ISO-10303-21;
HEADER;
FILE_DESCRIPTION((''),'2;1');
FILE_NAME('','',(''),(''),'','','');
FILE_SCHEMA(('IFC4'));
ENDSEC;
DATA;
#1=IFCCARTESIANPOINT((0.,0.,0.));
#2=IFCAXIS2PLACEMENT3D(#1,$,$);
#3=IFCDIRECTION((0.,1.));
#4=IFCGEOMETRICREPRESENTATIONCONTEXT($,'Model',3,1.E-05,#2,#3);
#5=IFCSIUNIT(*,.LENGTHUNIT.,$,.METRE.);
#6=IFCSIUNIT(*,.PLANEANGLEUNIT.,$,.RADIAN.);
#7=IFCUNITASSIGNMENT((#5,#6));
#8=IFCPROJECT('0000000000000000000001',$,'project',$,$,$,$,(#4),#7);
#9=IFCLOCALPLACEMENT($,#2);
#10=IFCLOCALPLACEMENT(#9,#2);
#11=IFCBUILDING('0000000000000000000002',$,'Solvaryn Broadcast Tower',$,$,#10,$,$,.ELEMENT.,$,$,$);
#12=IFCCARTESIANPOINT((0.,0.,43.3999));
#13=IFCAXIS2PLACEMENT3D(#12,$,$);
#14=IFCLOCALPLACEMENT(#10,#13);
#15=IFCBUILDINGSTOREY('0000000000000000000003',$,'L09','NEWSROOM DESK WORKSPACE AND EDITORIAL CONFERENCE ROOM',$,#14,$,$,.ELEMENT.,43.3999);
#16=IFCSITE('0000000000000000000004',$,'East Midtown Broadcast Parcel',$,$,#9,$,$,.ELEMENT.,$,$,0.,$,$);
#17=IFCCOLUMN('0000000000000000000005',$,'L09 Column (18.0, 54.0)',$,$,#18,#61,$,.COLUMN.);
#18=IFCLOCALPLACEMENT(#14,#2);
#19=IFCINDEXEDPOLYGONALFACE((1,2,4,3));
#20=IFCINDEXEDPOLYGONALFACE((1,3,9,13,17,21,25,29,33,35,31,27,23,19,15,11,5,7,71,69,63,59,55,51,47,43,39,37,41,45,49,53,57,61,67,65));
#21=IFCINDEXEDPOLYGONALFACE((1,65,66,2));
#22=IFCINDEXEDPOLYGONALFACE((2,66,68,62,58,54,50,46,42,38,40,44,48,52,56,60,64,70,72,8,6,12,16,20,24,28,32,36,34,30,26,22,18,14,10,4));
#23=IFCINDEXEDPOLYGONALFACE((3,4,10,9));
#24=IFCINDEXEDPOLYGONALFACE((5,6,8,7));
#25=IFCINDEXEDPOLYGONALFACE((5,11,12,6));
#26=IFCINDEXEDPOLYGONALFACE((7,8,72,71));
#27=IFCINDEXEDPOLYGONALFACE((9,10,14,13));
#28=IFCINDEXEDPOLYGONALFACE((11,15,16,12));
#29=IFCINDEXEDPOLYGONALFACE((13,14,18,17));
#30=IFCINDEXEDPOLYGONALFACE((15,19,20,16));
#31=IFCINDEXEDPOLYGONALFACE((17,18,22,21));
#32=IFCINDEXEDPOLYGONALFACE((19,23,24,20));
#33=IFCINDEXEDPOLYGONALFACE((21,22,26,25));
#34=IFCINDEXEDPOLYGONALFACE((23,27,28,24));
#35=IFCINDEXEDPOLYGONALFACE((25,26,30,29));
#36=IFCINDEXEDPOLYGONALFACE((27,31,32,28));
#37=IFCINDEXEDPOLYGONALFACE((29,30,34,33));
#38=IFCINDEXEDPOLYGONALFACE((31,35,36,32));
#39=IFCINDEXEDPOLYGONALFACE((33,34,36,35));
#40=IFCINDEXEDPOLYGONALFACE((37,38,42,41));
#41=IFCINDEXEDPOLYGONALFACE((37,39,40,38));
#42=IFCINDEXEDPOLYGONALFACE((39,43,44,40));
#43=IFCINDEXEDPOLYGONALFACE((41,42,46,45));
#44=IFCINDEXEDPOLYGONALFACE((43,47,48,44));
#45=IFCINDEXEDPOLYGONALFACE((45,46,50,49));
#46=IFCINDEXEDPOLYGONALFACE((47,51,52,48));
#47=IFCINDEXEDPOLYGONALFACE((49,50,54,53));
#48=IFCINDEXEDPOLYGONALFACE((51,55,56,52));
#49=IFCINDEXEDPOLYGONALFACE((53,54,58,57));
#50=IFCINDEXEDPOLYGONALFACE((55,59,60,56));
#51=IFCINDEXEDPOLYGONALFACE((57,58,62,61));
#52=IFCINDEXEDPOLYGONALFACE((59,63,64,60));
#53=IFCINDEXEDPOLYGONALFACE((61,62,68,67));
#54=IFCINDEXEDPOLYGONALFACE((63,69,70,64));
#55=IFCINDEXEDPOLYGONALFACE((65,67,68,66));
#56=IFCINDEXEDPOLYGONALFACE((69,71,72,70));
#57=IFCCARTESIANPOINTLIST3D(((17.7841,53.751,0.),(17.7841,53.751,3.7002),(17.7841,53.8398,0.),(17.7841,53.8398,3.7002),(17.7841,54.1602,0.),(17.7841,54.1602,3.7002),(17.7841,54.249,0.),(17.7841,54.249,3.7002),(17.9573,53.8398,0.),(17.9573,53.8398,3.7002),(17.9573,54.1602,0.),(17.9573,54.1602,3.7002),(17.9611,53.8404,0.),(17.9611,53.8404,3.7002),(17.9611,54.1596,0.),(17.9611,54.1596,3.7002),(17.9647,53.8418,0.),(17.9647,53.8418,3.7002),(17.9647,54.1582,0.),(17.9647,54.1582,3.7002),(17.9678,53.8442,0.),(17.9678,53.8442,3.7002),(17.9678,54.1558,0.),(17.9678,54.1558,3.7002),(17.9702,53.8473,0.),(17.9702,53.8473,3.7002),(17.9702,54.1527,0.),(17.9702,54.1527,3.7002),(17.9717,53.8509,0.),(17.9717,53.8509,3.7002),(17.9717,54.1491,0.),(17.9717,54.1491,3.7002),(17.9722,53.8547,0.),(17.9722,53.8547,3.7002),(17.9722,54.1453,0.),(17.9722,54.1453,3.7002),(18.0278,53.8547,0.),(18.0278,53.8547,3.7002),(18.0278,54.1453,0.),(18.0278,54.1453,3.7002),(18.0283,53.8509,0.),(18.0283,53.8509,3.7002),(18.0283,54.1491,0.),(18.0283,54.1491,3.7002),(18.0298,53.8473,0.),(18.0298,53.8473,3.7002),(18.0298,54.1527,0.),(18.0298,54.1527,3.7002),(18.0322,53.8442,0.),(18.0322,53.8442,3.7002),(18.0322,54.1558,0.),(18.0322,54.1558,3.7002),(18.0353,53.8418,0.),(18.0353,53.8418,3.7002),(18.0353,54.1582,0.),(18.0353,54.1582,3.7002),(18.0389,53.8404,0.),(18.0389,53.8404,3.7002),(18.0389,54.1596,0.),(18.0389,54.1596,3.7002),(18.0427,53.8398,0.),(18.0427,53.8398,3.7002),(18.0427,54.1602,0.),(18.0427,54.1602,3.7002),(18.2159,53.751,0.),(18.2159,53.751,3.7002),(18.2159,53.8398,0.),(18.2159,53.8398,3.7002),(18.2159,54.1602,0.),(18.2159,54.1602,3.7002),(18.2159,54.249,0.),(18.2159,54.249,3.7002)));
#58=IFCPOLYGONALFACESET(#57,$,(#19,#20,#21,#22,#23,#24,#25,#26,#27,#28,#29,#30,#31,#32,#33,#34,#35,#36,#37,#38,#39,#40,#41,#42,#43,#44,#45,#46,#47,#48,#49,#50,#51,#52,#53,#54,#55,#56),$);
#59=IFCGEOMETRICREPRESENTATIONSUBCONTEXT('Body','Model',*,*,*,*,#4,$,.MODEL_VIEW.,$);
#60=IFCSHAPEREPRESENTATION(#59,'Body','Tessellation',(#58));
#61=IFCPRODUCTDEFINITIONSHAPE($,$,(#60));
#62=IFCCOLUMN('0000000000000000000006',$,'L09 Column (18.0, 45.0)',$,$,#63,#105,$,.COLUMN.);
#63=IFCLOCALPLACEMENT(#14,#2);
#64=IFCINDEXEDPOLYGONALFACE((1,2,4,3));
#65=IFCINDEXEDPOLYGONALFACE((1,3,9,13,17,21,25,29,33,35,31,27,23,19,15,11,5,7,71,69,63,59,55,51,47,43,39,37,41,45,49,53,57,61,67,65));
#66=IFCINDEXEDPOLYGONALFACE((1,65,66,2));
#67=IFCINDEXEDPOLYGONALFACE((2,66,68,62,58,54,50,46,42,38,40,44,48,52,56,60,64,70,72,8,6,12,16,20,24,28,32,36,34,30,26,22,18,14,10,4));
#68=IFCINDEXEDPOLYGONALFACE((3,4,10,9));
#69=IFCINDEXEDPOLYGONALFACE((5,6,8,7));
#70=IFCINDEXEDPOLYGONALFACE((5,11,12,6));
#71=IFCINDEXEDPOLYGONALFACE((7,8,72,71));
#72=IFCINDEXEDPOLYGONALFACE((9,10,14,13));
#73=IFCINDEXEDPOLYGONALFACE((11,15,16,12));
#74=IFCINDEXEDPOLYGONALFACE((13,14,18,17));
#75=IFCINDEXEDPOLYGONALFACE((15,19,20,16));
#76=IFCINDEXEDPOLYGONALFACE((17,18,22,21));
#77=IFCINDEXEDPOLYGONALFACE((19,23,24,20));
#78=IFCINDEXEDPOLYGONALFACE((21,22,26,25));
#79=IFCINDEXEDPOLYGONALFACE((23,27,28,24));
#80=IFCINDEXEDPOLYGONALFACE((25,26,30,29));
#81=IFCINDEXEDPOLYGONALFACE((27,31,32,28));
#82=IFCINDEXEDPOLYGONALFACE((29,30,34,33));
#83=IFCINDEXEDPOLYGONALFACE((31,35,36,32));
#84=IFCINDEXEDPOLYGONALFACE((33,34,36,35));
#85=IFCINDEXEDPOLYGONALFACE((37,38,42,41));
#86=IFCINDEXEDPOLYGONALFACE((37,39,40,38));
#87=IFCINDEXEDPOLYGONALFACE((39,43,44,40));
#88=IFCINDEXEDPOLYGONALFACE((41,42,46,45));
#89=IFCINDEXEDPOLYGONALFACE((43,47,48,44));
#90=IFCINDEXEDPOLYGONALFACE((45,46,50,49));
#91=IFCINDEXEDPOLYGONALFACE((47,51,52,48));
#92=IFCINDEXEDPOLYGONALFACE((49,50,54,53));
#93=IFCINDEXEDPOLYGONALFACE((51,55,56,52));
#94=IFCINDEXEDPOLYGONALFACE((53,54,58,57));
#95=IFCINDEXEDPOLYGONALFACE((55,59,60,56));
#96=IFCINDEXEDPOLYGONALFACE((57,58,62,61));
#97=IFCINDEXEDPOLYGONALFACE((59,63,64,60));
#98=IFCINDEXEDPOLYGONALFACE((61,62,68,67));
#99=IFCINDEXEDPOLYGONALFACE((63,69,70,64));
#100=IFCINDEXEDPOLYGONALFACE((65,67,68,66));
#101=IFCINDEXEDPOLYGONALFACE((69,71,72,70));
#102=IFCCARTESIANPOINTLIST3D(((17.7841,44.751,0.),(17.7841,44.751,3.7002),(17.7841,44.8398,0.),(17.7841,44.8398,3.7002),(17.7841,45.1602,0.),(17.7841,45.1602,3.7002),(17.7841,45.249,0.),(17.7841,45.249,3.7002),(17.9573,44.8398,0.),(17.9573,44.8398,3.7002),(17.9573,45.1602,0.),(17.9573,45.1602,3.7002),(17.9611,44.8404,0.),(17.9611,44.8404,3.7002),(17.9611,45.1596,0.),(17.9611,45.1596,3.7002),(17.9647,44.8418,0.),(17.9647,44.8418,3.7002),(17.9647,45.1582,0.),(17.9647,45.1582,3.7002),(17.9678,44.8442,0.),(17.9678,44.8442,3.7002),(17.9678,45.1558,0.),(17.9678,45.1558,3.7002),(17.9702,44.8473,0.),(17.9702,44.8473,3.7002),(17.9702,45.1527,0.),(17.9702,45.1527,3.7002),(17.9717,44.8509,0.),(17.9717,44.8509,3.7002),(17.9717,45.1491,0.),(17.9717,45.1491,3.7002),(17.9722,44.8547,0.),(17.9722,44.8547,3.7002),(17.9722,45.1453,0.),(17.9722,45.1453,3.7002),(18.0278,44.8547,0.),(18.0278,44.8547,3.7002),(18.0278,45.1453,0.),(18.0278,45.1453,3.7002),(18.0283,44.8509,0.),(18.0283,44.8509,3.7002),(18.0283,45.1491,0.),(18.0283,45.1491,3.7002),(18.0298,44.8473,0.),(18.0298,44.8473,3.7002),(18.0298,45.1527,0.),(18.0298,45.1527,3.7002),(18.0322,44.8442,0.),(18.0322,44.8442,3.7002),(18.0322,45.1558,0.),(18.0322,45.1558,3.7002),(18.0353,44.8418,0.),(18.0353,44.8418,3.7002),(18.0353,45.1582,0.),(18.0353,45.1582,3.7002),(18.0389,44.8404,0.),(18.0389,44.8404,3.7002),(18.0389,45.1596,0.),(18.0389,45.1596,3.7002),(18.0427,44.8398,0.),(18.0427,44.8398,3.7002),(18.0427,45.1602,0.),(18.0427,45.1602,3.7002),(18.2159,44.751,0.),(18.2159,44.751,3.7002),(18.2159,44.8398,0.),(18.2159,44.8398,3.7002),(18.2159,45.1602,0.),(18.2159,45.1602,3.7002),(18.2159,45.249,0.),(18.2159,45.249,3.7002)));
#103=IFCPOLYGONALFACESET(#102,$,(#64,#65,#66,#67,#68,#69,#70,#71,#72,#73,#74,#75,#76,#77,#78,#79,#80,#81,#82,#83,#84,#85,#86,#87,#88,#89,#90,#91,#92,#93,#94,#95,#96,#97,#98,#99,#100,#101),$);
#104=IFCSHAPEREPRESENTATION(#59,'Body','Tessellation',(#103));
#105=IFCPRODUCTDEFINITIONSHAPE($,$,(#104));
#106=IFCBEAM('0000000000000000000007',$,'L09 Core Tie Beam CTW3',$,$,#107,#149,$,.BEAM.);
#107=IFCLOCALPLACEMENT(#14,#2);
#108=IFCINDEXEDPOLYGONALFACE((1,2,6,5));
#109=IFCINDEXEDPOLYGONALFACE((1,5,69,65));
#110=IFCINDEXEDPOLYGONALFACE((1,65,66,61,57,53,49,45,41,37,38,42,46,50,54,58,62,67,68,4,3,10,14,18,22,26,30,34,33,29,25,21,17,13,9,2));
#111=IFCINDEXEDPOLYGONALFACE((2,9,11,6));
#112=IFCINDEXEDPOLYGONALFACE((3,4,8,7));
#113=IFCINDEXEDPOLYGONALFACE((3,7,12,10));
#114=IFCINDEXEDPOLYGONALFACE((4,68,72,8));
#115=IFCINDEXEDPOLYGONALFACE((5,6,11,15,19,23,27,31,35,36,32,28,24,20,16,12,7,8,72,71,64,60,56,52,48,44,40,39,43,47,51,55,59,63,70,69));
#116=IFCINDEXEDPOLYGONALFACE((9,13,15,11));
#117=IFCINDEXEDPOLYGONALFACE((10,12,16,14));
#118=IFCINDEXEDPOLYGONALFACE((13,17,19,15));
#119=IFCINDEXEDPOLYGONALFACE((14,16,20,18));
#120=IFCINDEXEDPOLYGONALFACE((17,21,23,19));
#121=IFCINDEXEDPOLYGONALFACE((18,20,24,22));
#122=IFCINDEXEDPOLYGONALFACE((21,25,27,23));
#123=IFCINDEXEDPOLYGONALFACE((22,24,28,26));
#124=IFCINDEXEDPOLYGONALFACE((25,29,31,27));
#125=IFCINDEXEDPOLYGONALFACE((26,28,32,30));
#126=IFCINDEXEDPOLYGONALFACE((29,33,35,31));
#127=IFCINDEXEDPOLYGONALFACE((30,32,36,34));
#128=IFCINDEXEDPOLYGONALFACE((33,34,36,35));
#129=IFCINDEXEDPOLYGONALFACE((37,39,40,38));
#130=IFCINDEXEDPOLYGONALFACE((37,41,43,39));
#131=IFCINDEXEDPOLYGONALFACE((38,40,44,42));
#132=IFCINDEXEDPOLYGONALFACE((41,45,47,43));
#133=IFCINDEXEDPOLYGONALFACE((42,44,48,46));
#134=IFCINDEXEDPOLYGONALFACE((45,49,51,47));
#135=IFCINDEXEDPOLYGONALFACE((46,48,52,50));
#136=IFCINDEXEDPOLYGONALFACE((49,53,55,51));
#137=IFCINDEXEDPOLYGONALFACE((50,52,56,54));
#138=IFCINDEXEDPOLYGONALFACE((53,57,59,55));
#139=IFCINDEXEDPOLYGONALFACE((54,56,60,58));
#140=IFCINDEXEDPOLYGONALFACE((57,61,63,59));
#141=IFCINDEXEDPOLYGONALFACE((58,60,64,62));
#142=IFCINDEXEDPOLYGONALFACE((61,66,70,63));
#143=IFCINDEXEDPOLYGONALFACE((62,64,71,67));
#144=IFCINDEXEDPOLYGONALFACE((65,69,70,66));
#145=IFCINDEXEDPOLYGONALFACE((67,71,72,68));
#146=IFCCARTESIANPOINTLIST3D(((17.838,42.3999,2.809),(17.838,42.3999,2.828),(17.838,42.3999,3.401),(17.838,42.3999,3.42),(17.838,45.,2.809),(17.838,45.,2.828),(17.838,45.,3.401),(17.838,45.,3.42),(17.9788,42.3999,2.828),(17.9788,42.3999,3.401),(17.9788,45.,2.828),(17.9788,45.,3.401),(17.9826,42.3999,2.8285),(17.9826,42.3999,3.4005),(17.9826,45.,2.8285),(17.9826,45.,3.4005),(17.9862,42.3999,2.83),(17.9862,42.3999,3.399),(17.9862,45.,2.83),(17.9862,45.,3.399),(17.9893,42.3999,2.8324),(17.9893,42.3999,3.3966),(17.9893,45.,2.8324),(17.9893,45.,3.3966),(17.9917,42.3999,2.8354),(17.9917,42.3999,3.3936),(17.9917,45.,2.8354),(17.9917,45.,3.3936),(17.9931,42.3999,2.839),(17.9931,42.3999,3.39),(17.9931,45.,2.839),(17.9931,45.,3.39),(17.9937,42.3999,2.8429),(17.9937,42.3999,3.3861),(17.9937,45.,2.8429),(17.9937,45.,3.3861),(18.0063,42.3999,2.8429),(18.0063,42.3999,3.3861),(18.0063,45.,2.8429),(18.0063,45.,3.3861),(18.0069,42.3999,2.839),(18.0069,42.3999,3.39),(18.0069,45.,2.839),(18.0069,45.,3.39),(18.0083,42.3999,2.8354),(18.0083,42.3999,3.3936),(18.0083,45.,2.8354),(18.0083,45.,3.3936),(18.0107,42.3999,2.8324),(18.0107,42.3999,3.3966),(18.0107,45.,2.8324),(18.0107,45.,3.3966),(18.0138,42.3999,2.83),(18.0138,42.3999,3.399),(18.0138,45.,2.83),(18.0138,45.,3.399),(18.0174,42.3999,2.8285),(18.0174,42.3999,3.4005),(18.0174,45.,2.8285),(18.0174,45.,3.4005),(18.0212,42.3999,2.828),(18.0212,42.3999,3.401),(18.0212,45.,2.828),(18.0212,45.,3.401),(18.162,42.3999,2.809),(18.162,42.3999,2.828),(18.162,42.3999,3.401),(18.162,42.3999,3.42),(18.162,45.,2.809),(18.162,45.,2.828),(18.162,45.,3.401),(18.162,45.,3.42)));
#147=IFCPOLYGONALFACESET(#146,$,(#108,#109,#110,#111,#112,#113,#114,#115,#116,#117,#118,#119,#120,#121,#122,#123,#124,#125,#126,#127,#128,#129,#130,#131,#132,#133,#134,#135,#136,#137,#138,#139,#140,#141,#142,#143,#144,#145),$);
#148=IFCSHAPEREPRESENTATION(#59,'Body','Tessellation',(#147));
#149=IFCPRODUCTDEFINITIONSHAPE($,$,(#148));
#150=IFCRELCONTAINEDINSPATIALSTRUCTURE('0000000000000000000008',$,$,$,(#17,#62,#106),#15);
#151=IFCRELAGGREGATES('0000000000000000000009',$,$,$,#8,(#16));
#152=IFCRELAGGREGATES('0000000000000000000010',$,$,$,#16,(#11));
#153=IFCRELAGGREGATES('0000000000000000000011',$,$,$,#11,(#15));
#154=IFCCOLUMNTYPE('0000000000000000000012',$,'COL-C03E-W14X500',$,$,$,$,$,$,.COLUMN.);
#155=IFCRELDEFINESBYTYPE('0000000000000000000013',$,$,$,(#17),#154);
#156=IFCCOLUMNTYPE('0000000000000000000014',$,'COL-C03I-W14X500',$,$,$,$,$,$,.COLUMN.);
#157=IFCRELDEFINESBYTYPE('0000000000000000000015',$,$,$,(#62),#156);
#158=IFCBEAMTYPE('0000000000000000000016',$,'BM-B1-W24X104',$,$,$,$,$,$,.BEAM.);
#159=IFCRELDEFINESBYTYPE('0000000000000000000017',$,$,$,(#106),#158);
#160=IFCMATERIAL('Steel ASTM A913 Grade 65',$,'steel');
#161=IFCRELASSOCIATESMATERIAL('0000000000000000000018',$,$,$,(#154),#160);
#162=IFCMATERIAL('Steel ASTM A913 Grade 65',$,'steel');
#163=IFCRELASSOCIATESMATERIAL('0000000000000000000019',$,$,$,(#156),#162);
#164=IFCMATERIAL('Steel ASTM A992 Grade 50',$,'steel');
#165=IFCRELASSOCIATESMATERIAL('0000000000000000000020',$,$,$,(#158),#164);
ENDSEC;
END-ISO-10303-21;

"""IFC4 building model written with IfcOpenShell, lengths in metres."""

from ifc_helpers import new_model, si_unit, direction, frame, origin, origin_2d, place, context, subcontext, project, spatial, i_section, extrude, material, material_profile, profile_set, type_object, element, save


model = new_model("IFC4")

# Units and contexts
model_context = context("Model", 3, precision=1e-05, world=origin(), true_north=direction((0.0, 1.0)))
body_context = subcontext(model_context, "Body", "Model", "MODEL_VIEW")
ifc_project = project(units=[si_unit("LENGTHUNIT", "METRE"), si_unit("PLANEANGLEUNIT", "RADIAN")], contexts=[model_context])

# Site, building, storey
site_placement = place(None, origin())
site = spatial("IfcSite", under=ifc_project, at=site_placement, Name="East Midtown Broadcast Parcel", CompositionType="ELEMENT", RefElevation=0.0)
building_placement = place(site_placement, origin())
building = spatial("IfcBuilding", under=site, at=building_placement, Name="Solvaryn Broadcast Tower", CompositionType="ELEMENT")
storey_placement = place(building_placement, frame((0.0, 0.0, 43.3999)))
storey = spatial("IfcBuildingStorey", under=building, at=storey_placement, Name="L09", Description="NEWSROOM DESK WORKSPACE AND EDITORIAL CONFERENCE ROOM", CompositionType="ELEMENT", Elevation=43.3999)

# Columns
ifc_material_1 = material(Name="Steel ASTM A913 Grade 65", Category="steel")
ifc_material_profile_1 = material_profile(ifc_material_1, i_section(OverallWidth=0.4319, OverallDepth=0.498, WebThickness=0.0557, FlangeThickness=0.0889, FilletRadius=0.0149, at=origin_2d()))
ifc_profile_set_1 = profile_set([ifc_material_profile_1], Name="Steel ASTM A913 Grade 65")
column_type_1 = type_object("IfcColumnType", Name="COL-C03E-W14X500", PredefinedType="COLUMN", material=ifc_profile_set_1)
column_1_placement = place(storey_placement, frame((18.0, 54.0, 0.0), z_axis=(0.0, 0.0, 1.0), x_axis=(1.0, 0.0, 0.0)))
element("IfcColumn", 1, at=column_1_placement, inside=storey, type_object=column_type_1, Name="L09 Column (18.0, 54.0)", PredefinedType="COLUMN", context=body_context, shape_type="SweptSolid", body=[
    extrude(i_section(OverallWidth=0.4319, OverallDepth=0.498, WebThickness=0.0557, FlangeThickness=0.0889, FilletRadius=0.0149, at=origin_2d()), origin(), (0.0, 0.0, 1.0), 3.7002),
])
ifc_material_2 = material(Name="Steel ASTM A913 Grade 65", Category="steel")
ifc_material_profile_2 = material_profile(ifc_material_2, i_section(OverallWidth=0.4319, OverallDepth=0.498, WebThickness=0.0557, FlangeThickness=0.0889, FilletRadius=0.0149, at=origin_2d()))
ifc_profile_set_2 = profile_set([ifc_material_profile_2], Name="Steel ASTM A913 Grade 65")
column_type_2 = type_object("IfcColumnType", Name="COL-C03I-W14X500", PredefinedType="COLUMN", material=ifc_profile_set_2)
column_2_placement = place(storey_placement, frame((18.0, 45.0, 0.0), z_axis=(0.0, 0.0, 1.0), x_axis=(1.0, 0.0, 0.0)))
element("IfcColumn", 2, at=column_2_placement, inside=storey, type_object=column_type_2, Name="L09 Column (18.0, 45.0)", PredefinedType="COLUMN", context=body_context, shape_type="SweptSolid", body=[
    extrude(i_section(OverallWidth=0.4319, OverallDepth=0.498, WebThickness=0.0557, FlangeThickness=0.0889, FilletRadius=0.0149, at=origin_2d()), origin(), (0.0, 0.0, 1.0), 3.7002),
])

# Beam
ifc_material_3 = material(Name="Steel ASTM A992 Grade 50", Category="steel")
ifc_material_profile_3 = material_profile(ifc_material_3, i_section(OverallWidth=0.324, OverallDepth=0.6111, WebThickness=0.0127, FlangeThickness=0.019, FilletRadius=0.0149, at=origin_2d()))
ifc_profile_set_3 = profile_set([ifc_material_profile_3], Name="Steel ASTM A992 Grade 50")
beam_type_1 = type_object("IfcBeamType", Name="BM-B1-W24X104", PredefinedType="BEAM", material=ifc_profile_set_3)
beam_1_placement = place(storey_placement, frame((18.0, 42.3999, 3.1145), z_axis=(0.0, 1.0, 0.0), x_axis=(-1.0, 0.0, 0.0)))
element("IfcBeam", 3, at=beam_1_placement, inside=storey, type_object=beam_type_1, Name="L09 Core Tie Beam CTW3", PredefinedType="BEAM", context=body_context, shape_type="SweptSolid", body=[
    extrude(i_section(OverallWidth=0.324, OverallDepth=0.6111, WebThickness=0.0127, FlangeThickness=0.019, FilletRadius=0.0149, at=origin_2d()), origin(), (0.0, 0.0, 1.0), 2.6001),
])

save(model, "model.ifc")
